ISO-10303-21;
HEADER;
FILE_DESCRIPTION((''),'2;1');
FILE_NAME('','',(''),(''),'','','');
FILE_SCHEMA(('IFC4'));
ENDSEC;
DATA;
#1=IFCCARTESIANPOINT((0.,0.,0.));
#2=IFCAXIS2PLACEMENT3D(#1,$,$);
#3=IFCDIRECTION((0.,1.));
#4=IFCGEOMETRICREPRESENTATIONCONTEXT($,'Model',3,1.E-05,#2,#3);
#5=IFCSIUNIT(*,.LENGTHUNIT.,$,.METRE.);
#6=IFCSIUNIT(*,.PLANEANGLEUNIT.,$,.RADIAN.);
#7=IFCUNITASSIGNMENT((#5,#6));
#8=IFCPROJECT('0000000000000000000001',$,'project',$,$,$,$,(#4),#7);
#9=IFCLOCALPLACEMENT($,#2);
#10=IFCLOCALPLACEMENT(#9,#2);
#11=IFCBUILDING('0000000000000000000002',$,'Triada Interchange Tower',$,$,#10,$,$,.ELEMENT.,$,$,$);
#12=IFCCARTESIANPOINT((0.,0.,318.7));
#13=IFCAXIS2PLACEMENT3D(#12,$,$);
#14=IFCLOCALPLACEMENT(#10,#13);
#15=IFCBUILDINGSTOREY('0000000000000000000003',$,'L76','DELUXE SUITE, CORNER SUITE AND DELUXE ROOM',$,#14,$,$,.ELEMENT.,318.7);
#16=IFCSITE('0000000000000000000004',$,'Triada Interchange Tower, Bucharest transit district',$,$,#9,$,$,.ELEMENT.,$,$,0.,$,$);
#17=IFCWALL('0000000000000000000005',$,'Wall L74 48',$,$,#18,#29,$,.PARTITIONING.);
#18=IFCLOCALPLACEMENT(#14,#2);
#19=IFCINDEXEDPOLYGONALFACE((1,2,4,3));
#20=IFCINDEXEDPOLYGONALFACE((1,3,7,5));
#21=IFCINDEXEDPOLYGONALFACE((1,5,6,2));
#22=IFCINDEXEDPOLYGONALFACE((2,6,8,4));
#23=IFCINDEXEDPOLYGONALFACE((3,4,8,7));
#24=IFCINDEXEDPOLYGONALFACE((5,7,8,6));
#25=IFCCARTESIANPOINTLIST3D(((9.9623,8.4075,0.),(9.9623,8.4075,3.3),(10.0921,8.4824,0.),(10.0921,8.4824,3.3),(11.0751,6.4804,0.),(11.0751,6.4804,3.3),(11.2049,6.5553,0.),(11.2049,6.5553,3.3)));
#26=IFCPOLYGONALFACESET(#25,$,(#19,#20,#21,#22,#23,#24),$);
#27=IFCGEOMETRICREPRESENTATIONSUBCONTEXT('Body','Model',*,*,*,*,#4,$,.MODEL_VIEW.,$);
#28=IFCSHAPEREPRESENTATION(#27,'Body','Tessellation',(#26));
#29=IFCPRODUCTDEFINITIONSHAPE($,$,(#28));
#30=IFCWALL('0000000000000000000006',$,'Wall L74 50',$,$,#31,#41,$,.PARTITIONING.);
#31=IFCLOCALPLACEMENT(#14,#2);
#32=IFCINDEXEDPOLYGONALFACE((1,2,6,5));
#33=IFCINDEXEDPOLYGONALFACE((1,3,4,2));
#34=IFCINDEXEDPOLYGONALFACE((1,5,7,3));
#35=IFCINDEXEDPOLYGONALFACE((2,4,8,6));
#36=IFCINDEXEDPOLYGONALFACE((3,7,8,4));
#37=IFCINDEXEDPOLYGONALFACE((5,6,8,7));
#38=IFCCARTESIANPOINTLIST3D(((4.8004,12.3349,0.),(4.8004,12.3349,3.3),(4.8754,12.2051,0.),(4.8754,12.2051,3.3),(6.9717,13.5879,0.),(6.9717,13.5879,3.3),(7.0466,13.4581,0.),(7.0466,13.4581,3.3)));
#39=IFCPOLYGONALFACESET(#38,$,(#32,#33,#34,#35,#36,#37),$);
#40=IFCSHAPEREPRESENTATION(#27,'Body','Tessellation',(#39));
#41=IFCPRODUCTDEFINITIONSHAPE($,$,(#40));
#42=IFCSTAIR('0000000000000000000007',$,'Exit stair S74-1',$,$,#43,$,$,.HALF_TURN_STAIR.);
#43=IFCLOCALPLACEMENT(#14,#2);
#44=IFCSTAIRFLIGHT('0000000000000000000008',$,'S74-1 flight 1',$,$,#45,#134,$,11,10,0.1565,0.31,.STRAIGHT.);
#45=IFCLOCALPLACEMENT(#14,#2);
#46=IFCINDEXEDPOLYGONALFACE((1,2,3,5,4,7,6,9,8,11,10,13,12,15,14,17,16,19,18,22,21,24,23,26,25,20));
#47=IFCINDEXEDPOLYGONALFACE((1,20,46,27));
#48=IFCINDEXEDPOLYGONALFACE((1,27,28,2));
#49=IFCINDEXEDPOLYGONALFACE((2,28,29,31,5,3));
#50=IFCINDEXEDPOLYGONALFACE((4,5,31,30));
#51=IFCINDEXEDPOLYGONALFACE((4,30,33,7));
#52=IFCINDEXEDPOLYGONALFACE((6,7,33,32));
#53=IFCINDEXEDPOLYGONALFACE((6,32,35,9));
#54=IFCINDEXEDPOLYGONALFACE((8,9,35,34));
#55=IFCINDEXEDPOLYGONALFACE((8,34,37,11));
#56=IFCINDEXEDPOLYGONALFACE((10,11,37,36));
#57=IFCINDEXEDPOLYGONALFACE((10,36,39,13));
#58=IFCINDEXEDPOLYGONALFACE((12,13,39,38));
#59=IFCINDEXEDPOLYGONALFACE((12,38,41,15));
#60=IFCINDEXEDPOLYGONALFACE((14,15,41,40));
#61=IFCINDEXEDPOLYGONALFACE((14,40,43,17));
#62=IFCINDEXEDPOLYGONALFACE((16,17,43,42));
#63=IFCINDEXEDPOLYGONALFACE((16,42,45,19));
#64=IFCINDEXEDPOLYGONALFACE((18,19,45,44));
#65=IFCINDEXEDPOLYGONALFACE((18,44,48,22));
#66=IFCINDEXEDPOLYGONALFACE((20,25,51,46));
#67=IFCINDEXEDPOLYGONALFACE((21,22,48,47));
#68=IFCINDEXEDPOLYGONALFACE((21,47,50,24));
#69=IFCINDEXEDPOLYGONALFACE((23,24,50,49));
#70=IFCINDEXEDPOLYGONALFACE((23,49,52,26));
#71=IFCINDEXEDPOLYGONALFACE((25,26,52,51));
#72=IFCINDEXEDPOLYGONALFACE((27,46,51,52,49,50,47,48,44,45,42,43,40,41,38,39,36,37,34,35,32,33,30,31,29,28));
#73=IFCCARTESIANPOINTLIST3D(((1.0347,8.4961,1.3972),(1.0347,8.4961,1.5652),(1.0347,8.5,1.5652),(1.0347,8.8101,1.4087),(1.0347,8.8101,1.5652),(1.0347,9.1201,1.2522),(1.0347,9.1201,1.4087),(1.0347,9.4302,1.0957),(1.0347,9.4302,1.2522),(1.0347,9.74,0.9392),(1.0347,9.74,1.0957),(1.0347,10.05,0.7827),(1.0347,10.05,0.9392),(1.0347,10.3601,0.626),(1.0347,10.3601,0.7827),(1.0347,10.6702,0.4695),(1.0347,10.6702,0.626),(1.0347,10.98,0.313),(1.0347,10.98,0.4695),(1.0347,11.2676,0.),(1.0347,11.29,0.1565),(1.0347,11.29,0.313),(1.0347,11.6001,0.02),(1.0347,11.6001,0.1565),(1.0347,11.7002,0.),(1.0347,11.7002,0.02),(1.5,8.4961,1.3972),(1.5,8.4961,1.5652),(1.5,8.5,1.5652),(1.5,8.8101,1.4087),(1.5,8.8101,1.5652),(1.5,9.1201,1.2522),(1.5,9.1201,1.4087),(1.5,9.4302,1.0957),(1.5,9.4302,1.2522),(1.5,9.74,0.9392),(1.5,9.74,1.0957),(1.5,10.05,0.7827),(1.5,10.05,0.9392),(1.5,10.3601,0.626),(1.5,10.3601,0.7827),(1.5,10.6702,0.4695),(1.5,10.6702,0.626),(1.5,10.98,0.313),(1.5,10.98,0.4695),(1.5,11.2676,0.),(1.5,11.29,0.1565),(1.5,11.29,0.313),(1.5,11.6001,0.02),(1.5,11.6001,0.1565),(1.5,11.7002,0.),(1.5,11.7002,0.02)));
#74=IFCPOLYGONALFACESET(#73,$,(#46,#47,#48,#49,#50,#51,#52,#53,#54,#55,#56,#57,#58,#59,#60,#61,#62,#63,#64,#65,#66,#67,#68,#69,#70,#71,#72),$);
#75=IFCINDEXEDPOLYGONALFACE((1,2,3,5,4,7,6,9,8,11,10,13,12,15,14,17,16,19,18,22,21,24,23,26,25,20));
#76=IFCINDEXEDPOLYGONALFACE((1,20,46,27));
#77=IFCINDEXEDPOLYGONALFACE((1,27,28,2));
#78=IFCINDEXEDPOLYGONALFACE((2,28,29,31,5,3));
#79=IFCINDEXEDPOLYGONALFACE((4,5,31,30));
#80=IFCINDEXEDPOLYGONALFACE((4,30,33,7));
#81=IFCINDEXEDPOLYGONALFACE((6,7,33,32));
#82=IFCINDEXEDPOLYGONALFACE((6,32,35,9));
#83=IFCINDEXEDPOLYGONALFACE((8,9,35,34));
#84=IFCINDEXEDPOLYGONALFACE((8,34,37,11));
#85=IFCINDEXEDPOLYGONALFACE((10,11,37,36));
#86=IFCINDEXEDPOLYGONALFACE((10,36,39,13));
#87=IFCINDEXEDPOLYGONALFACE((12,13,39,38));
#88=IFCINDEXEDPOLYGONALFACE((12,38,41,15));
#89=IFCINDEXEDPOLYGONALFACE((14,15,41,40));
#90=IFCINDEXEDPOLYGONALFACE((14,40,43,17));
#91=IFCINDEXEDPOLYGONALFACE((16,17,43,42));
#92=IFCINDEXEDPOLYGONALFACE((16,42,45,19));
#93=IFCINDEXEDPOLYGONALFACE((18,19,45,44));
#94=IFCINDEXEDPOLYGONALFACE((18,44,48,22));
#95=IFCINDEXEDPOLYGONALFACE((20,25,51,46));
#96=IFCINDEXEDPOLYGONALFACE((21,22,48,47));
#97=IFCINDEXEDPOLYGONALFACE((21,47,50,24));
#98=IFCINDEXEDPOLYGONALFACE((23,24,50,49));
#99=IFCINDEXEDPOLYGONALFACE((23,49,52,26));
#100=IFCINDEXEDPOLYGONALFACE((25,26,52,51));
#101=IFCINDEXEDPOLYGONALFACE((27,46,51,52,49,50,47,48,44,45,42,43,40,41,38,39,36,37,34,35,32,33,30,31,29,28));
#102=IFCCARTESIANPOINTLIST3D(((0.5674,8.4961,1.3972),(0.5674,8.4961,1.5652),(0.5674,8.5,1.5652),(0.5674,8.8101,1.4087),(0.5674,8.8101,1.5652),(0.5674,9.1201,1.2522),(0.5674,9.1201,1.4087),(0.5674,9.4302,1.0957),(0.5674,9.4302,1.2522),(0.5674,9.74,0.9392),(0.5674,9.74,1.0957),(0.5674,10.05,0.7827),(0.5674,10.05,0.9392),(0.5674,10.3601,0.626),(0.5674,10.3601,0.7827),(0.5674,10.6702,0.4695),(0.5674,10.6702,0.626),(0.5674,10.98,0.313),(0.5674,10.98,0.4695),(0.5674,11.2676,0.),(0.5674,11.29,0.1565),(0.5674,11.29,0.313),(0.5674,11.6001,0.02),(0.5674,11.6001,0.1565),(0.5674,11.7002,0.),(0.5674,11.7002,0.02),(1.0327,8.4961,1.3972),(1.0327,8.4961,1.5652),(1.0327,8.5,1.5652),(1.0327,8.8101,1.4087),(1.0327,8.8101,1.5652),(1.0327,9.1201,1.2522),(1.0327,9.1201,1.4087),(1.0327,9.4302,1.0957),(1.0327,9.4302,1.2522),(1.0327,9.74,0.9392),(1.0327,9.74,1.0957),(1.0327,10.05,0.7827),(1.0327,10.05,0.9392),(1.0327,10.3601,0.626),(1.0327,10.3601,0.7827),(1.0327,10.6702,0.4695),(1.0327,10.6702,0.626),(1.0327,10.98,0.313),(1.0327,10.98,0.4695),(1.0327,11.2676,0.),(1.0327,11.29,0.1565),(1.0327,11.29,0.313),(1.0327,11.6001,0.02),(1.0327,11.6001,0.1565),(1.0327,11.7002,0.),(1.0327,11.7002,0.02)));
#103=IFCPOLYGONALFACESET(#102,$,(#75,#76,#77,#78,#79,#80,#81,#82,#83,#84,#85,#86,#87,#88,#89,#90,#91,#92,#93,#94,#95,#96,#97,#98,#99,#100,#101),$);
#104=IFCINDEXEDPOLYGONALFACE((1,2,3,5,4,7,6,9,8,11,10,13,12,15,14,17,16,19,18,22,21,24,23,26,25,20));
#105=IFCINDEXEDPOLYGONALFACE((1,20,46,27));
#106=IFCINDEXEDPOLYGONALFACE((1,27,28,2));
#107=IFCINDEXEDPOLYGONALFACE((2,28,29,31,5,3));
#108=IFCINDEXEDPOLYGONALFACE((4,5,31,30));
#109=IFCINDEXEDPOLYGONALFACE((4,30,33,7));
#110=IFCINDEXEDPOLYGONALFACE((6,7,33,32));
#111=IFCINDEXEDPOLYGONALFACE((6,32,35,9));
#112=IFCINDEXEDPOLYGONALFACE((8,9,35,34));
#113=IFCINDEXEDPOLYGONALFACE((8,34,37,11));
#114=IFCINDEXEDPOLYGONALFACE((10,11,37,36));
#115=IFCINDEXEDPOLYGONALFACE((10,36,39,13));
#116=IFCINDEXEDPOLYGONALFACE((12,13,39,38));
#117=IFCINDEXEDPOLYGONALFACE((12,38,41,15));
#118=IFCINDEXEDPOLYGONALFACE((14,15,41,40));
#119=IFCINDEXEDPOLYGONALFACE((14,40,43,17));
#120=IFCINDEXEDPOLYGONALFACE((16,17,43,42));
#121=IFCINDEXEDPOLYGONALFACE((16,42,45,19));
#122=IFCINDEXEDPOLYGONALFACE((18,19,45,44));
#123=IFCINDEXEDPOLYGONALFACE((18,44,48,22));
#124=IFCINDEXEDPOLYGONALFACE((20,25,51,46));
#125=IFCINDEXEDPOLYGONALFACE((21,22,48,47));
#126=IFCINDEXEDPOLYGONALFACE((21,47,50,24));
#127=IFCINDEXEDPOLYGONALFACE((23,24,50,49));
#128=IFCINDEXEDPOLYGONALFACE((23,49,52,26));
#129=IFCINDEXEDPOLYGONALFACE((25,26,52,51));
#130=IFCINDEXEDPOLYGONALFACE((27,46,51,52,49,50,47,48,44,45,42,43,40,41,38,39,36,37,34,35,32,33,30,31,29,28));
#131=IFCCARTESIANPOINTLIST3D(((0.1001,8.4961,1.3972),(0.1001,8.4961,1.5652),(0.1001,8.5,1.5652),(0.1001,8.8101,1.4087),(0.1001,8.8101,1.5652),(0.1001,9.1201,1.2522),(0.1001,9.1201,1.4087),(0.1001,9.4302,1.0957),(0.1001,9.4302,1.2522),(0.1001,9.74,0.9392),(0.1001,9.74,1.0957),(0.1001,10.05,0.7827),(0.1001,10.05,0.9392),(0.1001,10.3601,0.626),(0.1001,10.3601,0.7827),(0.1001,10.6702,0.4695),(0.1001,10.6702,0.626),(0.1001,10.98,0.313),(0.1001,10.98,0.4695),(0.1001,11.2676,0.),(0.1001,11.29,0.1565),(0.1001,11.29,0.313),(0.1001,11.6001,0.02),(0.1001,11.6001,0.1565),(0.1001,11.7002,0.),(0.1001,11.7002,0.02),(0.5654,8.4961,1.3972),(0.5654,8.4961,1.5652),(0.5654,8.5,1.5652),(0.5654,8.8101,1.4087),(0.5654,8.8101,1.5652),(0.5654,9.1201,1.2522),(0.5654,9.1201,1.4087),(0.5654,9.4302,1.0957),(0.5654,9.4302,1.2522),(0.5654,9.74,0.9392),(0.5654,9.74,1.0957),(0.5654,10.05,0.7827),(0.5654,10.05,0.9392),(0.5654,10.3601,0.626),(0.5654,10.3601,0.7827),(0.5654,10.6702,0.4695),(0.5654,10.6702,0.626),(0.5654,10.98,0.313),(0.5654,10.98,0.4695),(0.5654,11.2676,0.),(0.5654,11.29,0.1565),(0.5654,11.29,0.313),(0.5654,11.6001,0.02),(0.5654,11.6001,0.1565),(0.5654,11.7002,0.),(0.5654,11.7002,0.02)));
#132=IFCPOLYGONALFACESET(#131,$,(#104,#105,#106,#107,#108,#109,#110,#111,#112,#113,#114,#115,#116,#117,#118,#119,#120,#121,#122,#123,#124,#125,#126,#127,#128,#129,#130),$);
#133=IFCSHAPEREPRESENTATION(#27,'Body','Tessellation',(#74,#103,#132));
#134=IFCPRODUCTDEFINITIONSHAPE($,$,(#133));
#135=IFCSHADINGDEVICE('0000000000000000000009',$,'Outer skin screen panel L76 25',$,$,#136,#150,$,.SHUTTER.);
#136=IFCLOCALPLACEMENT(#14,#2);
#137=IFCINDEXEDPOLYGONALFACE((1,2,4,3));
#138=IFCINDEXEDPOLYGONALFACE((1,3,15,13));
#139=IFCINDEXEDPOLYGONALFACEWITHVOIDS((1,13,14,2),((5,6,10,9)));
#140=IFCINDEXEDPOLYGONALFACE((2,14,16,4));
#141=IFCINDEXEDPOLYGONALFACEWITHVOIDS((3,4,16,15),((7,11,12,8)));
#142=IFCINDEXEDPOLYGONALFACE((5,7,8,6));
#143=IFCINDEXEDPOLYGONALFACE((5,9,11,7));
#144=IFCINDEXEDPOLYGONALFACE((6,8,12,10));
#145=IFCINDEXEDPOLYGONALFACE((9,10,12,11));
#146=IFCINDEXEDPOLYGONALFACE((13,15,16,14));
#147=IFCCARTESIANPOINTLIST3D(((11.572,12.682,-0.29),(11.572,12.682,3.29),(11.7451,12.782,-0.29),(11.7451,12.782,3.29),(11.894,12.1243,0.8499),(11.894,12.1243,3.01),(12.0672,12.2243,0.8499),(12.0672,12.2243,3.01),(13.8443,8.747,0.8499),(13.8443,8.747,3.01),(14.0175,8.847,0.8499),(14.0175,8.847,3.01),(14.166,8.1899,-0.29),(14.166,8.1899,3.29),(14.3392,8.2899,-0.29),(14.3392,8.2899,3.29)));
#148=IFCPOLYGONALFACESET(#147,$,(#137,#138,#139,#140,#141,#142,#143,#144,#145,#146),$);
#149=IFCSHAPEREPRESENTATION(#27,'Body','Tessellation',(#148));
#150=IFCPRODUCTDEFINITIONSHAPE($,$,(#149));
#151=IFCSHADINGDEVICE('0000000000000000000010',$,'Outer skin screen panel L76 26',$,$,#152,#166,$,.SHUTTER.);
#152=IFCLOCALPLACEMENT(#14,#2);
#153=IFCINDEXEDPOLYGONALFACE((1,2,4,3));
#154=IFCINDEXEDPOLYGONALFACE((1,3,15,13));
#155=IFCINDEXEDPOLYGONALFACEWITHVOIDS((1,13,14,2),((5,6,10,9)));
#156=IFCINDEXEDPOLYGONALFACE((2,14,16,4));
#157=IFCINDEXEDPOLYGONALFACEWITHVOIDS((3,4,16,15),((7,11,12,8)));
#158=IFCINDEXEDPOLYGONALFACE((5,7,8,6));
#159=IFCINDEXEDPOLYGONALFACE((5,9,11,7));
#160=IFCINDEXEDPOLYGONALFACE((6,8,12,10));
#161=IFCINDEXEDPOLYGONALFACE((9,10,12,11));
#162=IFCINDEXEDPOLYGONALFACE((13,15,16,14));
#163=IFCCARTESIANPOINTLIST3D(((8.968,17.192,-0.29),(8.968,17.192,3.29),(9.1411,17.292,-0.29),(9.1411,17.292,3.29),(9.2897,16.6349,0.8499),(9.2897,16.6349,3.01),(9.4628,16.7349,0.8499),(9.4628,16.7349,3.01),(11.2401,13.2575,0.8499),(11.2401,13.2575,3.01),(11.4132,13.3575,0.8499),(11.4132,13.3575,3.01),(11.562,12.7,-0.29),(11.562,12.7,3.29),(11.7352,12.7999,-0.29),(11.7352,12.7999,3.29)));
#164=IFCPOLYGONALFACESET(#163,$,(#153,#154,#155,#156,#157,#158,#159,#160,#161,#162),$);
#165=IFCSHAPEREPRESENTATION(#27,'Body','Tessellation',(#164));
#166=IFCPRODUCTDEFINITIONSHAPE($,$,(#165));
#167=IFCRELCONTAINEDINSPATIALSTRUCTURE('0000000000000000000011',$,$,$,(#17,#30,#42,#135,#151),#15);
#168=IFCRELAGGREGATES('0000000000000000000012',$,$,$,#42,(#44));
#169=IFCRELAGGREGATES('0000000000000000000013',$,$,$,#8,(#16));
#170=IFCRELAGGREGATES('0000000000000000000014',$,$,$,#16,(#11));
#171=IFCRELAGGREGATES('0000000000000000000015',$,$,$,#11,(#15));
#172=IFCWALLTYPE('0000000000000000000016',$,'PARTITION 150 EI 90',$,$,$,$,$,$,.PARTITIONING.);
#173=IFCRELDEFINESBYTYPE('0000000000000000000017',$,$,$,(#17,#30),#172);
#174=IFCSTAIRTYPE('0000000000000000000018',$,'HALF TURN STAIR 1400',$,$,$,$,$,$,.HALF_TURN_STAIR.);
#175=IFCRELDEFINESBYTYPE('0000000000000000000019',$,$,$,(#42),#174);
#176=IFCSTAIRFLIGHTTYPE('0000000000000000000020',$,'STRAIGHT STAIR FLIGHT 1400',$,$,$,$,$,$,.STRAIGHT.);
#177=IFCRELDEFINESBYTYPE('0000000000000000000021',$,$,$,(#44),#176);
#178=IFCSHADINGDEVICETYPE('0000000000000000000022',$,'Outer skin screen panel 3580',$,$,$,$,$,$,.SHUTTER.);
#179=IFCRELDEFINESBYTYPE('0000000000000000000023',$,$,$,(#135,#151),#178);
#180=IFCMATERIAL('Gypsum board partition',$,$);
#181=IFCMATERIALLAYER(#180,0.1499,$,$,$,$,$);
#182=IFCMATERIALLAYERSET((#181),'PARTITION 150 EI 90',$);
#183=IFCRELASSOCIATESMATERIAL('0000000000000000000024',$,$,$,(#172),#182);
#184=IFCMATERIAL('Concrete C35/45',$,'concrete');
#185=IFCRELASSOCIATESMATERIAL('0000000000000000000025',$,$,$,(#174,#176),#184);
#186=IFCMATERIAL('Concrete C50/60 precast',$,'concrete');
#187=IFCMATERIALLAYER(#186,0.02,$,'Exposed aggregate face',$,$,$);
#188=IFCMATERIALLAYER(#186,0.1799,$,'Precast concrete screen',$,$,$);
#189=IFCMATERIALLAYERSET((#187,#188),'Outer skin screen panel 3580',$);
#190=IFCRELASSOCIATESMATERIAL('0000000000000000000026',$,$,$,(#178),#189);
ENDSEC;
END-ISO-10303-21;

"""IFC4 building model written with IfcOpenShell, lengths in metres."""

from ifc_helpers import new_model, si_unit, direction, frame, frame_2d, origin, place, context, subcontext, project, spatial, polyline, rectangle, outline, extrude, material, layer, layer_set, type_object, element, aggregate, save


model = new_model("IFC4")

# Units and contexts
model_context = context("Model", 3, precision=1e-05, world=origin(), true_north=direction((0.0, 1.0)))
body_context = subcontext(model_context, "Body", "Model", "MODEL_VIEW")
ifc_project = project(units=[si_unit("LENGTHUNIT", "METRE"), si_unit("PLANEANGLEUNIT", "RADIAN")], contexts=[model_context])

# Site, building, storey
site_placement = place(None, origin())
site = spatial("IfcSite", under=ifc_project, at=site_placement, Name="Triada Interchange Tower, Bucharest transit district", CompositionType="ELEMENT", RefElevation=0.0)
building_placement = place(site_placement, origin())
building = spatial("IfcBuilding", under=site, at=building_placement, Name="Triada Interchange Tower", CompositionType="ELEMENT")
storey_placement = place(building_placement, frame((0.0, 0.0, 318.7)))
storey = spatial("IfcBuildingStorey", under=building, at=storey_placement, Name="L76", Description="DELUXE SUITE, CORNER SUITE AND DELUXE ROOM", CompositionType="ELEMENT", Elevation=318.7)

# Shared definitions
ifc_material_1 = material(Name="Gypsum board partition")

# Shared definitions
ifc_layer_1 = layer(ifc_material_1, 0.1499)
ifc_layer_set_1 = layer_set([ifc_layer_1], Name="PARTITION 150 EI 90")
wall_type_1 = type_object("IfcWallType", Name="PARTITION 150 EI 90", PredefinedType="PARTITIONING", material=ifc_layer_set_1)

# Walls
wall_1_placement = place(storey_placement, frame((10.0271, 8.4451, 0.0), z_axis=(0.0, 0.0, 1.0), x_axis=(0.50008, -0.865979, 0.0)))
element("IfcWall", 1, at=wall_1_placement, inside=storey, type_object=wall_type_1, Name="Wall L74 48", PredefinedType="PARTITIONING", context=body_context, shape_type="SweptSolid", body=[
    extrude(rectangle(XDim=2.2253, YDim=0.1499, at=frame_2d((1.1128, 0.0))), origin(), (0.0, 0.0, 1.0), 3.3),
])
wall_2_placement = place(storey_placement, frame((4.8379, 12.27, 0.0), z_axis=(0.0, 0.0, 1.0), x_axis=(0.866126, 0.499826, 0.0)))
element("IfcWall", 2, at=wall_2_placement, inside=storey, type_object=wall_type_1, Name="Wall L74 50", PredefinedType="PARTITIONING", context=body_context, shape_type="SweptSolid", body=[
    extrude(rectangle(XDim=2.5068, YDim=0.1499, at=frame_2d((1.2534, 0.0))), origin(), (0.0, 0.0, 1.0), 3.3),
])

# Stair, stair flight
ifc_material_2 = material(Name="Concrete C35/45", Category="concrete")
stair_type = type_object("IfcStairType", Name="HALF TURN STAIR 1400", PredefinedType="HALF_TURN_STAIR", material=ifc_material_2)
stair_placement = place(storey_placement, origin())
stair = element("IfcStair", 3, at=stair_placement, inside=storey, type_object=stair_type, Name="Exit stair S74-1", PredefinedType="HALF_TURN_STAIR")
stair_flight_type = type_object("IfcStairFlightType", Name="STRAIGHT STAIR FLIGHT 1400", PredefinedType="STRAIGHT", material=ifc_material_2)
stair_flight_placement = place(storey_placement, frame((0.8, 11.6001, 0.0), z_axis=(0.0, 0.0, 1.0), x_axis=(0.0, -1.0, 0.0)))
stair_flight = element("IfcStairFlight", 4, at=stair_flight_placement, type_object=stair_flight_type, Name="S74-1 flight 1", NumberOfRisers=11, NumberOfTreads=10, PredefinedType="STRAIGHT", RiserHeight=0.1565, TreadLength=0.31, context=body_context, shape_type="SweptSolid", body=[
    extrude(outline(polyline([(-0.1001, 0.0), (-0.1001, 0.02), (0.0, 0.02), (0.0, 0.1565), (0.3101, 0.1565), (0.3101, 0.313), (0.6201, 0.313), (0.6201, 0.4695), (0.9299, 0.4695), (0.9299, 0.626), (1.24, 0.626), (1.24, 0.7827), (1.55, 0.7827), (1.55, 0.9392), (1.8601, 0.9392), (1.8601, 1.0957), (2.1699, 1.0957), (2.1699, 1.2522), (2.48, 1.2522), (2.48, 1.4087), (2.79, 1.4087), (2.79, 1.5652), (3.1001, 1.5652), (3.104, 1.5652), (3.104, 1.7217), (3.104, 1.3972), (0.3325, 0.0), (-0.1001, 0.0)])), frame((0.0, 0.7, 0.0), z_axis=(0.0, -1.0, 0.0), x_axis=(1.0, 0.0, 0.0)), (0.0, 0.0, 1.0), 0.4653),
    extrude(outline(polyline([(-0.1001, 0.0), (-0.1001, 0.02), (0.0, 0.02), (0.0, 0.1565), (0.3101, 0.1565), (0.3101, 0.313), (0.6201, 0.313), (0.6201, 0.4695), (0.9299, 0.4695), (0.9299, 0.626), (1.24, 0.626), (1.24, 0.7827), (1.55, 0.7827), (1.55, 0.9392), (1.8601, 0.9392), (1.8601, 1.0957), (2.1699, 1.0957), (2.1699, 1.2522), (2.48, 1.2522), (2.48, 1.4087), (2.79, 1.4087), (2.79, 1.5652), (3.1001, 1.5652), (3.104, 1.5652), (3.104, 1.7217), (3.104, 1.3972), (0.3325, 0.0), (-0.1001, 0.0)])), frame((0.0, 0.2327, 0.0), z_axis=(0.0, -1.0, 0.0), x_axis=(1.0, 0.0, 0.0)), (0.0, 0.0, 1.0), 0.4653),
    extrude(outline(polyline([(-0.1001, 0.0), (-0.1001, 0.02), (0.0, 0.02), (0.0, 0.1565), (0.3101, 0.1565), (0.3101, 0.313), (0.6201, 0.313), (0.6201, 0.4695), (0.9299, 0.4695), (0.9299, 0.626), (1.24, 0.626), (1.24, 0.7827), (1.55, 0.7827), (1.55, 0.9392), (1.8601, 0.9392), (1.8601, 1.0957), (2.1699, 1.0957), (2.1699, 1.2522), (2.48, 1.2522), (2.48, 1.4087), (2.79, 1.4087), (2.79, 1.5652), (3.1001, 1.5652), (3.104, 1.5652), (3.104, 1.7217), (3.104, 1.3972), (0.3325, 0.0), (-0.1001, 0.0)])), frame((0.0, -0.2346, 0.0), z_axis=(0.0, -1.0, 0.0), x_axis=(1.0, 0.0, 0.0)), (0.0, 0.0, 1.0), 0.4653),
])

# Shading devices
ifc_material_3 = material(Name="Concrete C50/60 precast", Category="concrete")
ifc_layer_2 = layer(ifc_material_3, 0.02, Name="Exposed aggregate face")
ifc_layer_3 = layer(ifc_material_3, 0.1799, Name="Precast concrete screen")
ifc_layer_set_2 = layer_set([ifc_layer_2, ifc_layer_3], Name="Outer skin screen panel 3580")
shading_device_type = type_object("IfcShadingDeviceType", Name="Outer skin screen panel 3580", PredefinedType="SHUTTER", material=ifc_layer_set_2)
shading_device_1_placement = place(storey_placement, frame((14.166, 8.1899, -0.29), z_axis=(0.0, 0.0, 1.0), x_axis=(-0.500082, 0.865978, 0.0)))
element("IfcShadingDevice", 5, at=shading_device_1_placement, inside=storey, type_object=shading_device_type, Name="Outer skin screen panel L76 25", PredefinedType="SHUTTER", context=body_context, shape_type="SweptSolid", body=[
    extrude(outline(polyline([(0.0, 0.0), (5.1873, 0.0), (5.1873, 3.5801), (0.0, 3.5801), (0.0, 0.0)]), holes=[polyline([(0.6433, 1.1399), (0.6433, 3.3), (4.5432, 3.3), (4.5432, 1.1399), (0.6433, 1.1399)])]), frame((0.0, 0.0, 0.0), z_axis=(0.0, -1.0, 0.0), x_axis=(1.0, 0.0, 0.0)), (0.0, 0.0, 1.0), 0.2),
])
shading_device_2_placement = place(storey_placement, frame((11.562, 12.7, -0.29), z_axis=(0.0, 0.0, 1.0), x_axis=(-0.500082, 0.865978, 0.0)))
element("IfcShadingDevice", 6, at=shading_device_2_placement, inside=storey, type_object=shading_device_type, Name="Outer skin screen panel L76 26", PredefinedType="SHUTTER", context=body_context, shape_type="SweptSolid", body=[
    extrude(outline(polyline([(0.0, 0.0), (5.1873, 0.0), (5.1873, 3.5801), (0.0, 3.5801), (0.0, 0.0)]), holes=[polyline([(0.6438, 1.1399), (0.6438, 3.3), (4.5439, 3.3), (4.5439, 1.1399), (0.6438, 1.1399)])]), frame((0.0, 0.0, 0.0), z_axis=(0.0, -1.0, 0.0), x_axis=(1.0, 0.0, 0.0)), (0.0, 0.0, 1.0), 0.2),
])

aggregate(stair, [stair_flight])

save(model, "model.ifc")
